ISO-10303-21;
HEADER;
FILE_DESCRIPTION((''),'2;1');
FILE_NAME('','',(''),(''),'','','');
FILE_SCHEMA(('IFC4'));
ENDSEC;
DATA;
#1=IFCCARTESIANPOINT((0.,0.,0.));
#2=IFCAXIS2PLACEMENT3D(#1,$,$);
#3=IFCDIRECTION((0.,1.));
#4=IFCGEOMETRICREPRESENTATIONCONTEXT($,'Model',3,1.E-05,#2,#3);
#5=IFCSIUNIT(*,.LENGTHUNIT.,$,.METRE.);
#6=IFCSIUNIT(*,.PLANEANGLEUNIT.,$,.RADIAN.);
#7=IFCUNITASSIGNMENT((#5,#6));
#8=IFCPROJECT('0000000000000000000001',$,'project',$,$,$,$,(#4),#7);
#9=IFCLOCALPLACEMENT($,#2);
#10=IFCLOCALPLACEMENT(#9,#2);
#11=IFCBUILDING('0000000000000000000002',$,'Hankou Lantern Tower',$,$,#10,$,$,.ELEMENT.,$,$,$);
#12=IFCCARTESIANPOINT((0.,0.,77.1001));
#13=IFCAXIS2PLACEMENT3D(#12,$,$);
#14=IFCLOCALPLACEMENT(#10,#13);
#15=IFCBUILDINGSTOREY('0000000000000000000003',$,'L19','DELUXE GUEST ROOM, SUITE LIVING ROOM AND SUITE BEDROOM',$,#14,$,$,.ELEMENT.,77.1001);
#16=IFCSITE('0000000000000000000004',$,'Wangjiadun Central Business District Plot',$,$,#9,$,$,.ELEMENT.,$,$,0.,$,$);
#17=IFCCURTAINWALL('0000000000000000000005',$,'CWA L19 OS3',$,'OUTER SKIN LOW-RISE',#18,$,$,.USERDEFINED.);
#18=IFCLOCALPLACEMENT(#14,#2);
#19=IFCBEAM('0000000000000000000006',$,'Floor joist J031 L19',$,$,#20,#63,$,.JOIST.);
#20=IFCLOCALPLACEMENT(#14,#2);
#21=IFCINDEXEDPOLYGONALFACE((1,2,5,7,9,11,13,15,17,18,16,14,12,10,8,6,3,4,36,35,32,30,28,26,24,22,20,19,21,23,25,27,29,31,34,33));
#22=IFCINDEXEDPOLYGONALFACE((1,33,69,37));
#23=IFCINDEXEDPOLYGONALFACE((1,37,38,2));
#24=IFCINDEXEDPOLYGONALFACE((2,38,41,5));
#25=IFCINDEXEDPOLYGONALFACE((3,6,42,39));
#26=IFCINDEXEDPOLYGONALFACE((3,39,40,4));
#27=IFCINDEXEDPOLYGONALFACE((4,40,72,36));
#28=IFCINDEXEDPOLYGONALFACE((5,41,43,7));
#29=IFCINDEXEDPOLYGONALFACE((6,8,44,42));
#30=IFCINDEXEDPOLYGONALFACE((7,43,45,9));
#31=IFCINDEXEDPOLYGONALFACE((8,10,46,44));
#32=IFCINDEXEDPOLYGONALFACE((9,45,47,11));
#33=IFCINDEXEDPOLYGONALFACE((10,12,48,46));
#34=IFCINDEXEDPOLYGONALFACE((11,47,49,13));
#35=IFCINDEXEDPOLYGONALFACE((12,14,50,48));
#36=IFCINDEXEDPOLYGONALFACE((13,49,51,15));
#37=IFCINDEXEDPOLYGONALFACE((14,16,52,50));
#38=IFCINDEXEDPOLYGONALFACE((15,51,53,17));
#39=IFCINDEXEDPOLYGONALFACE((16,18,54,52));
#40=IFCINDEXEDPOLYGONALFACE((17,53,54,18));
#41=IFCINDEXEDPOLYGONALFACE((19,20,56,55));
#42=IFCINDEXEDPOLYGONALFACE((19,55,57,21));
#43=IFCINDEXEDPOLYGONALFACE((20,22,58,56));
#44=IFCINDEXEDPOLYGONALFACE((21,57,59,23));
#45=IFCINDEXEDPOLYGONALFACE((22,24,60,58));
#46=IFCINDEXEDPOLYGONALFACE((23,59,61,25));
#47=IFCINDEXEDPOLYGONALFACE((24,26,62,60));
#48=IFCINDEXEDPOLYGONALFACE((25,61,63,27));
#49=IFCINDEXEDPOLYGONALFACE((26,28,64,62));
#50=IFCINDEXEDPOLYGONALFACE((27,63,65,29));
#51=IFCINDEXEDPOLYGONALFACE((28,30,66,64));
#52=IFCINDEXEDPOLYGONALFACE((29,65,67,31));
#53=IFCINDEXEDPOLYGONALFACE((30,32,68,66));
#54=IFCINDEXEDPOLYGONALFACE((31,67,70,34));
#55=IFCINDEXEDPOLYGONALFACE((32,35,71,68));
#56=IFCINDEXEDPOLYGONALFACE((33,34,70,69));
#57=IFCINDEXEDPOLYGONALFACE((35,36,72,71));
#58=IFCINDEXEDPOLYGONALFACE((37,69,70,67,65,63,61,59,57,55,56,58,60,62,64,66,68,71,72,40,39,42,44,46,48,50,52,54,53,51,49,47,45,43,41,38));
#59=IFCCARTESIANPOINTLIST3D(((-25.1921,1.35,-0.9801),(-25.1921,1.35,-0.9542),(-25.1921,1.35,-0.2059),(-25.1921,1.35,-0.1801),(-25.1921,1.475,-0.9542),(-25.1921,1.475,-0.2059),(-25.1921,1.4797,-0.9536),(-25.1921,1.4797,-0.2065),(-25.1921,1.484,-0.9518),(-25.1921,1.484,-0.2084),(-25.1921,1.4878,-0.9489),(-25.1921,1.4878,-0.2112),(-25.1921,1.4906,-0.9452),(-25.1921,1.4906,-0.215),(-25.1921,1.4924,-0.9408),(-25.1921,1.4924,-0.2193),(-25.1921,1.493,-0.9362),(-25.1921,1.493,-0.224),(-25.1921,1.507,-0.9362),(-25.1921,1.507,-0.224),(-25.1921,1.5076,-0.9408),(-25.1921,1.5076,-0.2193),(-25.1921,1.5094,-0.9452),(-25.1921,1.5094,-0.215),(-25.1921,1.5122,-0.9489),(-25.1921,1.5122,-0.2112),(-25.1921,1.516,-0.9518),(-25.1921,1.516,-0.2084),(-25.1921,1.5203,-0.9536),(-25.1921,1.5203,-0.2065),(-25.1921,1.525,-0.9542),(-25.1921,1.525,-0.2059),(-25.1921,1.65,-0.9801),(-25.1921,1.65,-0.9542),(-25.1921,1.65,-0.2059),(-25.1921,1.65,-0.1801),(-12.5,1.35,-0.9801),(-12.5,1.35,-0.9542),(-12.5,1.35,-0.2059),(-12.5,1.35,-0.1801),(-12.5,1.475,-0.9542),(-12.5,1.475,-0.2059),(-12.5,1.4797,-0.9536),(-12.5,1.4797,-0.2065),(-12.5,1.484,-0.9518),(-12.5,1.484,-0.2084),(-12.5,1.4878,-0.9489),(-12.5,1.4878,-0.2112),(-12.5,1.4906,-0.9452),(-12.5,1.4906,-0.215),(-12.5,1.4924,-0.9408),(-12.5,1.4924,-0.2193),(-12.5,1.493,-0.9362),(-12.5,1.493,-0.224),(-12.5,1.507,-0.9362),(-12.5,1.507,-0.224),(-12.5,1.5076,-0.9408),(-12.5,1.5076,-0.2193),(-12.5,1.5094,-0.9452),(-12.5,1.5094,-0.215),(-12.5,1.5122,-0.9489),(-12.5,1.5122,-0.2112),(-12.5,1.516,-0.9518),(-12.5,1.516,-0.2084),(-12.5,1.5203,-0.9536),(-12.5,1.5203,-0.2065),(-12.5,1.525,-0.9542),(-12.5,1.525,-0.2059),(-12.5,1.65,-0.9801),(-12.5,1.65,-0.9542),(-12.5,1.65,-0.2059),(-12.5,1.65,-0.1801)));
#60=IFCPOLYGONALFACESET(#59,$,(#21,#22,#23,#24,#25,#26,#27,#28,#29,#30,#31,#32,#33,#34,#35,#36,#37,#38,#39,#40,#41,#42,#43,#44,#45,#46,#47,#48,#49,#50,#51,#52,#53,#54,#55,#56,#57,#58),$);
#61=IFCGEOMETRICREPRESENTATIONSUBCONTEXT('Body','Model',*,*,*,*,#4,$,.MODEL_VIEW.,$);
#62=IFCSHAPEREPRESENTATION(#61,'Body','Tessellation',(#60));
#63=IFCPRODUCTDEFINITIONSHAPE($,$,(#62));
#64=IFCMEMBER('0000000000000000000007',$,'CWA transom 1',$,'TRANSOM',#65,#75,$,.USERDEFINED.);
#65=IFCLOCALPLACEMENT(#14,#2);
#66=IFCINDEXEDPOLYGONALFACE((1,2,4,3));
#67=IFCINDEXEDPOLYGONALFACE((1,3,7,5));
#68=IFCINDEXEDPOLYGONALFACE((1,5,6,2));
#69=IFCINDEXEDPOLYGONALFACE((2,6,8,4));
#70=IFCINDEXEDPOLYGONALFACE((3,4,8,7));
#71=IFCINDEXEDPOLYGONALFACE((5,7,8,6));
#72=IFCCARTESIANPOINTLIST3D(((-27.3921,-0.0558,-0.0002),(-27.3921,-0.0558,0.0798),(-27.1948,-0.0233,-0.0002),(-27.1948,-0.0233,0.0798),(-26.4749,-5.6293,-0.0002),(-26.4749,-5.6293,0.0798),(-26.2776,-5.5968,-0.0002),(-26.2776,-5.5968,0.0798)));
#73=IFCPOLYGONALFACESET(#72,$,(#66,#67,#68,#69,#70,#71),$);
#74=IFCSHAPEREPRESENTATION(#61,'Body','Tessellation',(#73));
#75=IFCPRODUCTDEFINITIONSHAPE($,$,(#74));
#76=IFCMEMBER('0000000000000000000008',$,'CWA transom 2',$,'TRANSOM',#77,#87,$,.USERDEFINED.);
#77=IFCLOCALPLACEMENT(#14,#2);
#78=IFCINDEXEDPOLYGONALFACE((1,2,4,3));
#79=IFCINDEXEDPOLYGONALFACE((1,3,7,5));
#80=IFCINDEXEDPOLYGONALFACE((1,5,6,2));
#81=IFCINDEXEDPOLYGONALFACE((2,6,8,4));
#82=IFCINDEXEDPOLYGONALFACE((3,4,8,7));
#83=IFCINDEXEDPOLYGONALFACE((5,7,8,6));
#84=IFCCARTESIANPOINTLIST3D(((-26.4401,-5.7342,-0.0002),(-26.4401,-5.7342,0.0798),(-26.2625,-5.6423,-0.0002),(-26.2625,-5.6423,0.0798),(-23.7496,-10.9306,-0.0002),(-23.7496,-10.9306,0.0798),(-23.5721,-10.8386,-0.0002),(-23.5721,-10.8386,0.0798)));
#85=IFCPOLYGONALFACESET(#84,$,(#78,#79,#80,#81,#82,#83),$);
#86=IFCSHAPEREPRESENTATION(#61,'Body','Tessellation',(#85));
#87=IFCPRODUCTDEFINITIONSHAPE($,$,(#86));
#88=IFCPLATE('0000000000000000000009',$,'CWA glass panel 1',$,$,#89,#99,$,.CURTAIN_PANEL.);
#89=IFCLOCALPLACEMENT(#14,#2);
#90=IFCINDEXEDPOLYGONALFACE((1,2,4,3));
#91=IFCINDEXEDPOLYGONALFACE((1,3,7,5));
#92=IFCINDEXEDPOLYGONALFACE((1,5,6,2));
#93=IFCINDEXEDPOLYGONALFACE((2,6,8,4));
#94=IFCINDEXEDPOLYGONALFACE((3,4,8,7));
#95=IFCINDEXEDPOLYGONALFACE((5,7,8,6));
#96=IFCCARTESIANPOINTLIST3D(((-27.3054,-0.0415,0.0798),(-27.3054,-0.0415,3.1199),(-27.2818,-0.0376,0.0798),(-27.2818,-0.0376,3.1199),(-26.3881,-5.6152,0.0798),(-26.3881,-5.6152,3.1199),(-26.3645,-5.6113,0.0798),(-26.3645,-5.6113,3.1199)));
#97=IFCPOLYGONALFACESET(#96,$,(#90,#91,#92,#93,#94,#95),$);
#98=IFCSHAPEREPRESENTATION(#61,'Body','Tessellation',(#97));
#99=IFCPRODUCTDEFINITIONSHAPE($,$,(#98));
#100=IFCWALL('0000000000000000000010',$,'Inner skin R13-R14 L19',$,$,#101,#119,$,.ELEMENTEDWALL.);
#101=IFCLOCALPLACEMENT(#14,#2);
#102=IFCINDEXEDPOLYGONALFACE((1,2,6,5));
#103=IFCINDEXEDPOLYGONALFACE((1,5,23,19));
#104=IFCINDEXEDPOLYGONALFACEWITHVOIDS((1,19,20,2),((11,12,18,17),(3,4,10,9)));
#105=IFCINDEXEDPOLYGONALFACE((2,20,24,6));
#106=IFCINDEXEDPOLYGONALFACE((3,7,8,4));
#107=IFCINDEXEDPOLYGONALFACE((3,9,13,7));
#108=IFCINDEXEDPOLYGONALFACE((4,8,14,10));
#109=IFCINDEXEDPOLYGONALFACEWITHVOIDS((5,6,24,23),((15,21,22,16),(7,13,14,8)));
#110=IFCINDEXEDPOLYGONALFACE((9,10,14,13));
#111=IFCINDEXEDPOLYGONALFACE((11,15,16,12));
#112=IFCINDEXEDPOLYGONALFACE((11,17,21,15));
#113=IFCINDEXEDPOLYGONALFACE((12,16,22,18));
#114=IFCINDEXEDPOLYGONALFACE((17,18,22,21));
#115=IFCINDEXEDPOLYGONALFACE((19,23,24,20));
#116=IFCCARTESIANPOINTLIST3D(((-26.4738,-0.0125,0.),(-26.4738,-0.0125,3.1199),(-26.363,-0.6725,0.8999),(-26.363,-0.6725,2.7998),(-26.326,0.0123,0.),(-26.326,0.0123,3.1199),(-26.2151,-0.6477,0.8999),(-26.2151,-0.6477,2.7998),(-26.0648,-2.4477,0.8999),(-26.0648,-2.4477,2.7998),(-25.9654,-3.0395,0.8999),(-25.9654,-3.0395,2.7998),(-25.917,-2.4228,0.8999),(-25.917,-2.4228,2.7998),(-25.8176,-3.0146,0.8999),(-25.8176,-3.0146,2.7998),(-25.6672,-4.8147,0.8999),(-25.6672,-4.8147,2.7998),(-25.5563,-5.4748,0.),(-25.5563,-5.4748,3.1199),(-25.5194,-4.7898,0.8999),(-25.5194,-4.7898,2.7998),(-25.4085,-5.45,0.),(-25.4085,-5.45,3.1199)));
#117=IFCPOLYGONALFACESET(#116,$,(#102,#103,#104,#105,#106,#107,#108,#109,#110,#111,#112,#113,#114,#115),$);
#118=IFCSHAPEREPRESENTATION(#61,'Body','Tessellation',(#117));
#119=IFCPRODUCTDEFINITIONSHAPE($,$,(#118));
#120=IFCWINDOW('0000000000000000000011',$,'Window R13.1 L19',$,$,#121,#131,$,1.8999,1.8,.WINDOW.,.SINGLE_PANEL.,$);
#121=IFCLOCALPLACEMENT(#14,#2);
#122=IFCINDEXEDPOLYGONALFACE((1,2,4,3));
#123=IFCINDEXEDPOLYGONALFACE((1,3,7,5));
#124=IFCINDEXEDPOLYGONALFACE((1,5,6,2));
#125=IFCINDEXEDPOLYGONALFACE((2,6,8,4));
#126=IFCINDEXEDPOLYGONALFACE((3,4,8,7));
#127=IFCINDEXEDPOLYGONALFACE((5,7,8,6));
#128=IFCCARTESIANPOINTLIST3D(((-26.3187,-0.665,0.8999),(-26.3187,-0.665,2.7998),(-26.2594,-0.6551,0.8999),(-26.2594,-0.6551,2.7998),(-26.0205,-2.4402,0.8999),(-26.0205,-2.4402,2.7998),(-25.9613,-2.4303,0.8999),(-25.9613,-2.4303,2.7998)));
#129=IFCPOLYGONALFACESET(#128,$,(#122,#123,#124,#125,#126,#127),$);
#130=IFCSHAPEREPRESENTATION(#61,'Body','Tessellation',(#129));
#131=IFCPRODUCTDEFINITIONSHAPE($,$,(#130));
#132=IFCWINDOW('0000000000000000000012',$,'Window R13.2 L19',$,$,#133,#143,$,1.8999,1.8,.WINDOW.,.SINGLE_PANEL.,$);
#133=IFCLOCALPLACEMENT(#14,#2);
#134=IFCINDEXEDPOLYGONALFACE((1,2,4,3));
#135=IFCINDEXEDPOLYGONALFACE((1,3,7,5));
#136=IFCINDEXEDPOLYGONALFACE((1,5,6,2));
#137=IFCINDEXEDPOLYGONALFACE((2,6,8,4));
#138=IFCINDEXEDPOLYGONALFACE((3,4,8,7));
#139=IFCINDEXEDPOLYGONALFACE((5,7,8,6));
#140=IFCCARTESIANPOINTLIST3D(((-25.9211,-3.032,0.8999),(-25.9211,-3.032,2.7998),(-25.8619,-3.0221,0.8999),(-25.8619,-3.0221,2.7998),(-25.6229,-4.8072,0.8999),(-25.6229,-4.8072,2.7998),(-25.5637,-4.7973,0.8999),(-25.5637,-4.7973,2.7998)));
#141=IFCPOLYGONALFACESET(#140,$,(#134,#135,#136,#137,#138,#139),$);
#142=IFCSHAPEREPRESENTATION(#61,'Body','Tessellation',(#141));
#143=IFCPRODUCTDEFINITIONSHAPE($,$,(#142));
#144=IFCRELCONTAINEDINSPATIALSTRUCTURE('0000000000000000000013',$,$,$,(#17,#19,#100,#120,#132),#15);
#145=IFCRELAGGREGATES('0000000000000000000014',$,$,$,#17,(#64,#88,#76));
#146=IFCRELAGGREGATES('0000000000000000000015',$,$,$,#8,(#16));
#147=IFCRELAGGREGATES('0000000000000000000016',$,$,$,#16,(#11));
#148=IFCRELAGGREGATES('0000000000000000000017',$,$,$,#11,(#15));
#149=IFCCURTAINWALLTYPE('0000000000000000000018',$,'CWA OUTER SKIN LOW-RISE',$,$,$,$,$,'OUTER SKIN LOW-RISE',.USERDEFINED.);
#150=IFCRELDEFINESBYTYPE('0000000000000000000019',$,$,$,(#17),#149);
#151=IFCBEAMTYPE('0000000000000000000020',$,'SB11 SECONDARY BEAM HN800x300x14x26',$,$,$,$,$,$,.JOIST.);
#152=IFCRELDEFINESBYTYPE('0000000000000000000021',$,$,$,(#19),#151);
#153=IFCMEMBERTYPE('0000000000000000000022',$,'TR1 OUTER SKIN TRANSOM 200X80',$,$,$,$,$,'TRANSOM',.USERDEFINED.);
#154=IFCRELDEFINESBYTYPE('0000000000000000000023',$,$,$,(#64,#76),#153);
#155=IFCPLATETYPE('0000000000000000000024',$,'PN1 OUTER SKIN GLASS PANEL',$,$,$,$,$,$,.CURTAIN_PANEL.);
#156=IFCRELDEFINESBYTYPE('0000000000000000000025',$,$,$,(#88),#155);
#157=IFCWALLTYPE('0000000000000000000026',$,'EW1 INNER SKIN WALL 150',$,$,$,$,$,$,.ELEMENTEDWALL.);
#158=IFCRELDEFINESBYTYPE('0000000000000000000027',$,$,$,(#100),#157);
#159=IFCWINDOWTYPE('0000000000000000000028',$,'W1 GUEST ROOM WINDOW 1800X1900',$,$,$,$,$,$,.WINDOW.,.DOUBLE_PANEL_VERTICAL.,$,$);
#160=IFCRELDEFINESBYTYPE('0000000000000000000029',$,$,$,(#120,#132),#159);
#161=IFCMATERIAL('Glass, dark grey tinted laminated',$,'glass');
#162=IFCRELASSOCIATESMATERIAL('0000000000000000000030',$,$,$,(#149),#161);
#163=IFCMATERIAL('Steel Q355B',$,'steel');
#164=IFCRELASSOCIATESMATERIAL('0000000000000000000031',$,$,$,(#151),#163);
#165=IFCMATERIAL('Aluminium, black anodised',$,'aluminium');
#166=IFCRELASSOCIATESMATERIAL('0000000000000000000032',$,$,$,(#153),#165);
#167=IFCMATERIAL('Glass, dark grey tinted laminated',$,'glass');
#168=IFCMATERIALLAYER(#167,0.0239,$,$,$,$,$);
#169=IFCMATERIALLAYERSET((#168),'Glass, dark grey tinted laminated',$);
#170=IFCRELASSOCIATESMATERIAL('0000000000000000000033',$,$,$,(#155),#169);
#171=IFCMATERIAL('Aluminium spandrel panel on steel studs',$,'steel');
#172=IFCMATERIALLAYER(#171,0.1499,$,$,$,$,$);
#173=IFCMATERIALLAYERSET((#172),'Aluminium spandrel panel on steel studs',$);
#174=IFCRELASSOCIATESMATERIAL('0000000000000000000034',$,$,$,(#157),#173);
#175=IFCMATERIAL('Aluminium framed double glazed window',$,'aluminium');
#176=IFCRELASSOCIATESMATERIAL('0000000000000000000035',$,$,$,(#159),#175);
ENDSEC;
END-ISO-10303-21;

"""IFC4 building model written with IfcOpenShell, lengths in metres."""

from ifc_helpers import new_model, si_unit, direction, frame, frame_2d, origin, origin_2d, place, context, subcontext, project, spatial, rectangle, i_section, extrude, material, layer, layer_set, material_profile, profile_set, type_object, element, fill, aggregate, save


model = new_model("IFC4")

# Units and contexts
model_context = context("Model", 3, precision=1e-05, world=origin(), true_north=direction((0.0, 1.0)))
body_context = subcontext(model_context, "Body", "Model", "MODEL_VIEW")
ifc_project = project(units=[si_unit("LENGTHUNIT", "METRE"), si_unit("PLANEANGLEUNIT", "RADIAN")], contexts=[model_context])

# Site, building, storey
site_placement = place(None, origin())
site = spatial("IfcSite", under=ifc_project, at=site_placement, Name="Wangjiadun Central Business District Plot", CompositionType="ELEMENT", RefElevation=0.0)
building_placement = place(site_placement, origin())
building = spatial("IfcBuilding", under=site, at=building_placement, Name="Hankou Lantern Tower", CompositionType="ELEMENT")
storey_placement = place(building_placement, frame((0.0, 0.0, 77.1001)))
storey = spatial("IfcBuildingStorey", under=building, at=storey_placement, Name="L19", Description="DELUXE GUEST ROOM, SUITE LIVING ROOM AND SUITE BEDROOM", CompositionType="ELEMENT", Elevation=77.1001)

# Curtain wall
ifc_material_1 = material(Name="Glass, dark grey tinted laminated", Category="glass")
curtain_wall_type = type_object("IfcCurtainWallType", Name="CWA OUTER SKIN LOW-RISE", ElementType="OUTER SKIN LOW-RISE", PredefinedType="USERDEFINED", material=ifc_material_1)
curtain_wall_placement = place(storey_placement, origin())
curtain_wall = element("IfcCurtainWall", 1, at=curtain_wall_placement, inside=storey, type_object=curtain_wall_type, Name="CWA L19 OS3", ObjectType="OUTER SKIN LOW-RISE", PredefinedType="USERDEFINED")

# Beam
ifc_material_2 = material(Name="Steel Q355B", Category="steel")
ifc_material_profile_1 = material_profile(ifc_material_2, i_section(OverallWidth=0.3, OverallDepth=0.8, WebThickness=0.0139, FlangeThickness=0.0259, FilletRadius=0.0181, at=origin_2d()), Name="HN800x300x14x26")
ifc_profile_set_1 = profile_set([ifc_material_profile_1], Name="Steel Q355B")
beam_type_1 = type_object("IfcBeamType", Name="SB11 SECONDARY BEAM HN800x300x14x26", PredefinedType="JOIST", material=ifc_profile_set_1)
for number, where, z_axis, x_axis, name in (
    (2, (-25.1921, 1.5, -0.5801), (1.0, 0.0, 0.0), (0.0, 1.0, 0.0), "Floor joist J031 L19"),
):
    element("IfcBeam", number, at=place(storey_placement, frame(where, z_axis=z_axis, x_axis=x_axis)), inside=storey, type_object=beam_type_1, Name=name, PredefinedType="JOIST", context=body_context, shape_type="SweptSolid", body=[
        extrude(i_section(OverallWidth=0.3, OverallDepth=0.8, WebThickness=0.0139, FlangeThickness=0.0259, FilletRadius=0.0181, at=origin_2d()), origin(), (0.0, 0.0, 1.0), 12.6921),
    ])

# Members
ifc_material_3 = material(Name="Aluminium, black anodised", Category="aluminium")
ifc_material_profile_2 = material_profile(ifc_material_3, rectangle(XDim=0.2, YDim=0.0801, at=origin_2d()), Name="TR1 200X80")
ifc_profile_set_2 = profile_set([ifc_material_profile_2], Name="Aluminium, black anodised")
member_type_1 = type_object("IfcMemberType", Name="TR1 OUTER SKIN TRANSOM 200X80", ElementType="TRANSOM", PredefinedType="USERDEFINED", material=ifc_profile_set_2)
member_1_placement = place(storey_placement, frame((-27.2935, -0.0396, 0.0398), z_axis=(0.162387, -0.986727, 0.0), x_axis=(0.986727, 0.162387, 0.0)))
member_1 = element("IfcMember", 3, at=member_1_placement, type_object=member_type_1, Name="CWA transom 1", ObjectType="TRANSOM", PredefinedType="USERDEFINED", context=body_context, shape_type="SweptSolid", body=[
    extrude(rectangle(XDim=0.2, YDim=0.0801, at=origin_2d()), origin(), (0.0, 0.0, 1.0), 5.6484),
])
member_2_placement = place(storey_placement, frame((-26.3513, -5.6882, 0.0398), z_axis=(0.459786, -0.88803, 0.0), x_axis=(0.88803, 0.459786, 0.0)))
member_2 = element("IfcMember", 4, at=member_2_placement, type_object=member_type_1, Name="CWA transom 2", ObjectType="TRANSOM", PredefinedType="USERDEFINED", context=body_context, shape_type="SweptSolid", body=[
    extrude(rectangle(XDim=0.2, YDim=0.0801, at=origin_2d()), origin(), (0.0, 0.0, 1.0), 5.8516),
])

# Plate
ifc_material_4 = material(Name="Glass, dark grey tinted laminated", Category="glass")
ifc_layer_1 = layer(ifc_material_4, 0.0239)
ifc_layer_set_1 = layer_set([ifc_layer_1], Name="Glass, dark grey tinted laminated")
plate_type = type_object("IfcPlateType", Name="PN1 OUTER SKIN GLASS PANEL", PredefinedType="CURTAIN_PANEL", material=ifc_layer_set_1)
plate_placement = place(storey_placement, frame((-26.835, -2.8264, 0.0798), z_axis=(0.0, 0.0, 1.0), x_axis=(0.162382, -0.986728, 0.0)))
plate = element("IfcPlate", 5, at=plate_placement, type_object=plate_type, Name="CWA glass panel 1", PredefinedType="CURTAIN_PANEL", context=body_context, shape_type="SweptSolid", body=[
    extrude(rectangle(XDim=5.6487, YDim=0.0239, at=origin_2d()), origin(), (0.0, 0.0, 1.0), 3.04),
])
aggregate(curtain_wall, [member_1, plate, member_2])

# Wall, openings, windows
ifc_material_5 = material(Name="Aluminium spandrel panel on steel studs", Category="steel")
ifc_layer_2 = layer(ifc_material_5, 0.1499)
ifc_layer_set_2 = layer_set([ifc_layer_2], Name="Aluminium spandrel panel on steel studs")
wall_type_1 = type_object("IfcWallType", Name="EW1 INNER SKIN WALL 150", PredefinedType="ELEMENTEDWALL", material=ifc_layer_set_2)
wall_1_placement = place(storey_placement, frame((-26.3999, 0.0, 0.0), z_axis=(0.0, 0.0, 1.0), x_axis=(0.165643, -0.986186, 0.0)))
wall_1 = element("IfcWall", 6, at=wall_1_placement, inside=storey, type_object=wall_type_1, Name="Inner skin R13-R14 L19", PredefinedType="ELEMENTEDWALL", context=body_context, shape_type="SweptSolid", body=[
    extrude(rectangle(XDim=5.5388, YDim=0.1499, at=frame_2d((2.7695, 0.0))), origin(), (0.0, 0.0, 1.0), 3.1199),
])
opening_1_placement = place(wall_1_placement, frame((0.6694, 0.0, 0.8999)))
opening_1 = element("IfcOpeningElement", 7, at=opening_1_placement, cuts=wall_1, PredefinedType="OPENING", context=body_context, shape_type="SweptSolid", body=[
    extrude(rectangle(XDim=1.8, YDim=1.8999, at=frame_2d((0.8999, 0.95))), frame((0.0, 0.085, 0.0), z_axis=(0.0, -1.0, 0.0), x_axis=(1.0, 0.0, 0.0)), (0.0, 0.0, 1.0), 0.1699),
])
opening_2_placement = place(wall_1_placement, frame((3.0696, 0.0, 0.8999)))
opening_2 = element("IfcOpeningElement", 8, at=opening_2_placement, cuts=wall_1, PredefinedType="OPENING", context=body_context, shape_type="SweptSolid", body=[
    extrude(rectangle(XDim=1.8, YDim=1.8999, at=frame_2d((0.8999, 0.95))), frame((0.0, 0.085, 0.0), z_axis=(0.0, -1.0, 0.0), x_axis=(1.0, 0.0, 0.0)), (0.0, 0.0, 1.0), 0.1699),
])
ifc_material_6 = material(Name="Aluminium framed double glazed window", Category="aluminium")
window_type = type_object("IfcWindowType", Name="W1 GUEST ROOM WINDOW 1800X1900", PartitioningType="DOUBLE_PANEL_VERTICAL", PredefinedType="WINDOW", material=ifc_material_6)
window_1_placement = place(opening_1_placement, origin())
window_1 = element("IfcWindow", 9, at=window_1_placement, inside=storey, type_object=window_type, Name="Window R13.1 L19", OverallHeight=1.8999, OverallWidth=1.8, PartitioningType="SINGLE_PANEL", PredefinedType="WINDOW", context=body_context, shape_type="SweptSolid", body=[
    extrude(rectangle(XDim=1.8, YDim=1.8999, at=frame_2d((0.8999, 0.95))), frame((0.0, 0.03, 0.0), z_axis=(0.0, -1.0, 0.0), x_axis=(1.0, 0.0, 0.0)), (0.0, 0.0, 1.0), 0.0601),
])
fill(opening_1, window_1)
window_2_placement = place(opening_2_placement, origin())
window_2 = element("IfcWindow", 10, at=window_2_placement, inside=storey, type_object=window_type, Name="Window R13.2 L19", OverallHeight=1.8999, OverallWidth=1.8, PartitioningType="SINGLE_PANEL", PredefinedType="WINDOW", context=body_context, shape_type="SweptSolid", body=[
    extrude(rectangle(XDim=1.8, YDim=1.8999, at=frame_2d((0.8999, 0.95))), frame((0.0, 0.03, 0.0), z_axis=(0.0, -1.0, 0.0), x_axis=(1.0, 0.0, 0.0)), (0.0, 0.0, 1.0), 0.0601),
])
fill(opening_2, window_2)

save(model, "model.ifc")
